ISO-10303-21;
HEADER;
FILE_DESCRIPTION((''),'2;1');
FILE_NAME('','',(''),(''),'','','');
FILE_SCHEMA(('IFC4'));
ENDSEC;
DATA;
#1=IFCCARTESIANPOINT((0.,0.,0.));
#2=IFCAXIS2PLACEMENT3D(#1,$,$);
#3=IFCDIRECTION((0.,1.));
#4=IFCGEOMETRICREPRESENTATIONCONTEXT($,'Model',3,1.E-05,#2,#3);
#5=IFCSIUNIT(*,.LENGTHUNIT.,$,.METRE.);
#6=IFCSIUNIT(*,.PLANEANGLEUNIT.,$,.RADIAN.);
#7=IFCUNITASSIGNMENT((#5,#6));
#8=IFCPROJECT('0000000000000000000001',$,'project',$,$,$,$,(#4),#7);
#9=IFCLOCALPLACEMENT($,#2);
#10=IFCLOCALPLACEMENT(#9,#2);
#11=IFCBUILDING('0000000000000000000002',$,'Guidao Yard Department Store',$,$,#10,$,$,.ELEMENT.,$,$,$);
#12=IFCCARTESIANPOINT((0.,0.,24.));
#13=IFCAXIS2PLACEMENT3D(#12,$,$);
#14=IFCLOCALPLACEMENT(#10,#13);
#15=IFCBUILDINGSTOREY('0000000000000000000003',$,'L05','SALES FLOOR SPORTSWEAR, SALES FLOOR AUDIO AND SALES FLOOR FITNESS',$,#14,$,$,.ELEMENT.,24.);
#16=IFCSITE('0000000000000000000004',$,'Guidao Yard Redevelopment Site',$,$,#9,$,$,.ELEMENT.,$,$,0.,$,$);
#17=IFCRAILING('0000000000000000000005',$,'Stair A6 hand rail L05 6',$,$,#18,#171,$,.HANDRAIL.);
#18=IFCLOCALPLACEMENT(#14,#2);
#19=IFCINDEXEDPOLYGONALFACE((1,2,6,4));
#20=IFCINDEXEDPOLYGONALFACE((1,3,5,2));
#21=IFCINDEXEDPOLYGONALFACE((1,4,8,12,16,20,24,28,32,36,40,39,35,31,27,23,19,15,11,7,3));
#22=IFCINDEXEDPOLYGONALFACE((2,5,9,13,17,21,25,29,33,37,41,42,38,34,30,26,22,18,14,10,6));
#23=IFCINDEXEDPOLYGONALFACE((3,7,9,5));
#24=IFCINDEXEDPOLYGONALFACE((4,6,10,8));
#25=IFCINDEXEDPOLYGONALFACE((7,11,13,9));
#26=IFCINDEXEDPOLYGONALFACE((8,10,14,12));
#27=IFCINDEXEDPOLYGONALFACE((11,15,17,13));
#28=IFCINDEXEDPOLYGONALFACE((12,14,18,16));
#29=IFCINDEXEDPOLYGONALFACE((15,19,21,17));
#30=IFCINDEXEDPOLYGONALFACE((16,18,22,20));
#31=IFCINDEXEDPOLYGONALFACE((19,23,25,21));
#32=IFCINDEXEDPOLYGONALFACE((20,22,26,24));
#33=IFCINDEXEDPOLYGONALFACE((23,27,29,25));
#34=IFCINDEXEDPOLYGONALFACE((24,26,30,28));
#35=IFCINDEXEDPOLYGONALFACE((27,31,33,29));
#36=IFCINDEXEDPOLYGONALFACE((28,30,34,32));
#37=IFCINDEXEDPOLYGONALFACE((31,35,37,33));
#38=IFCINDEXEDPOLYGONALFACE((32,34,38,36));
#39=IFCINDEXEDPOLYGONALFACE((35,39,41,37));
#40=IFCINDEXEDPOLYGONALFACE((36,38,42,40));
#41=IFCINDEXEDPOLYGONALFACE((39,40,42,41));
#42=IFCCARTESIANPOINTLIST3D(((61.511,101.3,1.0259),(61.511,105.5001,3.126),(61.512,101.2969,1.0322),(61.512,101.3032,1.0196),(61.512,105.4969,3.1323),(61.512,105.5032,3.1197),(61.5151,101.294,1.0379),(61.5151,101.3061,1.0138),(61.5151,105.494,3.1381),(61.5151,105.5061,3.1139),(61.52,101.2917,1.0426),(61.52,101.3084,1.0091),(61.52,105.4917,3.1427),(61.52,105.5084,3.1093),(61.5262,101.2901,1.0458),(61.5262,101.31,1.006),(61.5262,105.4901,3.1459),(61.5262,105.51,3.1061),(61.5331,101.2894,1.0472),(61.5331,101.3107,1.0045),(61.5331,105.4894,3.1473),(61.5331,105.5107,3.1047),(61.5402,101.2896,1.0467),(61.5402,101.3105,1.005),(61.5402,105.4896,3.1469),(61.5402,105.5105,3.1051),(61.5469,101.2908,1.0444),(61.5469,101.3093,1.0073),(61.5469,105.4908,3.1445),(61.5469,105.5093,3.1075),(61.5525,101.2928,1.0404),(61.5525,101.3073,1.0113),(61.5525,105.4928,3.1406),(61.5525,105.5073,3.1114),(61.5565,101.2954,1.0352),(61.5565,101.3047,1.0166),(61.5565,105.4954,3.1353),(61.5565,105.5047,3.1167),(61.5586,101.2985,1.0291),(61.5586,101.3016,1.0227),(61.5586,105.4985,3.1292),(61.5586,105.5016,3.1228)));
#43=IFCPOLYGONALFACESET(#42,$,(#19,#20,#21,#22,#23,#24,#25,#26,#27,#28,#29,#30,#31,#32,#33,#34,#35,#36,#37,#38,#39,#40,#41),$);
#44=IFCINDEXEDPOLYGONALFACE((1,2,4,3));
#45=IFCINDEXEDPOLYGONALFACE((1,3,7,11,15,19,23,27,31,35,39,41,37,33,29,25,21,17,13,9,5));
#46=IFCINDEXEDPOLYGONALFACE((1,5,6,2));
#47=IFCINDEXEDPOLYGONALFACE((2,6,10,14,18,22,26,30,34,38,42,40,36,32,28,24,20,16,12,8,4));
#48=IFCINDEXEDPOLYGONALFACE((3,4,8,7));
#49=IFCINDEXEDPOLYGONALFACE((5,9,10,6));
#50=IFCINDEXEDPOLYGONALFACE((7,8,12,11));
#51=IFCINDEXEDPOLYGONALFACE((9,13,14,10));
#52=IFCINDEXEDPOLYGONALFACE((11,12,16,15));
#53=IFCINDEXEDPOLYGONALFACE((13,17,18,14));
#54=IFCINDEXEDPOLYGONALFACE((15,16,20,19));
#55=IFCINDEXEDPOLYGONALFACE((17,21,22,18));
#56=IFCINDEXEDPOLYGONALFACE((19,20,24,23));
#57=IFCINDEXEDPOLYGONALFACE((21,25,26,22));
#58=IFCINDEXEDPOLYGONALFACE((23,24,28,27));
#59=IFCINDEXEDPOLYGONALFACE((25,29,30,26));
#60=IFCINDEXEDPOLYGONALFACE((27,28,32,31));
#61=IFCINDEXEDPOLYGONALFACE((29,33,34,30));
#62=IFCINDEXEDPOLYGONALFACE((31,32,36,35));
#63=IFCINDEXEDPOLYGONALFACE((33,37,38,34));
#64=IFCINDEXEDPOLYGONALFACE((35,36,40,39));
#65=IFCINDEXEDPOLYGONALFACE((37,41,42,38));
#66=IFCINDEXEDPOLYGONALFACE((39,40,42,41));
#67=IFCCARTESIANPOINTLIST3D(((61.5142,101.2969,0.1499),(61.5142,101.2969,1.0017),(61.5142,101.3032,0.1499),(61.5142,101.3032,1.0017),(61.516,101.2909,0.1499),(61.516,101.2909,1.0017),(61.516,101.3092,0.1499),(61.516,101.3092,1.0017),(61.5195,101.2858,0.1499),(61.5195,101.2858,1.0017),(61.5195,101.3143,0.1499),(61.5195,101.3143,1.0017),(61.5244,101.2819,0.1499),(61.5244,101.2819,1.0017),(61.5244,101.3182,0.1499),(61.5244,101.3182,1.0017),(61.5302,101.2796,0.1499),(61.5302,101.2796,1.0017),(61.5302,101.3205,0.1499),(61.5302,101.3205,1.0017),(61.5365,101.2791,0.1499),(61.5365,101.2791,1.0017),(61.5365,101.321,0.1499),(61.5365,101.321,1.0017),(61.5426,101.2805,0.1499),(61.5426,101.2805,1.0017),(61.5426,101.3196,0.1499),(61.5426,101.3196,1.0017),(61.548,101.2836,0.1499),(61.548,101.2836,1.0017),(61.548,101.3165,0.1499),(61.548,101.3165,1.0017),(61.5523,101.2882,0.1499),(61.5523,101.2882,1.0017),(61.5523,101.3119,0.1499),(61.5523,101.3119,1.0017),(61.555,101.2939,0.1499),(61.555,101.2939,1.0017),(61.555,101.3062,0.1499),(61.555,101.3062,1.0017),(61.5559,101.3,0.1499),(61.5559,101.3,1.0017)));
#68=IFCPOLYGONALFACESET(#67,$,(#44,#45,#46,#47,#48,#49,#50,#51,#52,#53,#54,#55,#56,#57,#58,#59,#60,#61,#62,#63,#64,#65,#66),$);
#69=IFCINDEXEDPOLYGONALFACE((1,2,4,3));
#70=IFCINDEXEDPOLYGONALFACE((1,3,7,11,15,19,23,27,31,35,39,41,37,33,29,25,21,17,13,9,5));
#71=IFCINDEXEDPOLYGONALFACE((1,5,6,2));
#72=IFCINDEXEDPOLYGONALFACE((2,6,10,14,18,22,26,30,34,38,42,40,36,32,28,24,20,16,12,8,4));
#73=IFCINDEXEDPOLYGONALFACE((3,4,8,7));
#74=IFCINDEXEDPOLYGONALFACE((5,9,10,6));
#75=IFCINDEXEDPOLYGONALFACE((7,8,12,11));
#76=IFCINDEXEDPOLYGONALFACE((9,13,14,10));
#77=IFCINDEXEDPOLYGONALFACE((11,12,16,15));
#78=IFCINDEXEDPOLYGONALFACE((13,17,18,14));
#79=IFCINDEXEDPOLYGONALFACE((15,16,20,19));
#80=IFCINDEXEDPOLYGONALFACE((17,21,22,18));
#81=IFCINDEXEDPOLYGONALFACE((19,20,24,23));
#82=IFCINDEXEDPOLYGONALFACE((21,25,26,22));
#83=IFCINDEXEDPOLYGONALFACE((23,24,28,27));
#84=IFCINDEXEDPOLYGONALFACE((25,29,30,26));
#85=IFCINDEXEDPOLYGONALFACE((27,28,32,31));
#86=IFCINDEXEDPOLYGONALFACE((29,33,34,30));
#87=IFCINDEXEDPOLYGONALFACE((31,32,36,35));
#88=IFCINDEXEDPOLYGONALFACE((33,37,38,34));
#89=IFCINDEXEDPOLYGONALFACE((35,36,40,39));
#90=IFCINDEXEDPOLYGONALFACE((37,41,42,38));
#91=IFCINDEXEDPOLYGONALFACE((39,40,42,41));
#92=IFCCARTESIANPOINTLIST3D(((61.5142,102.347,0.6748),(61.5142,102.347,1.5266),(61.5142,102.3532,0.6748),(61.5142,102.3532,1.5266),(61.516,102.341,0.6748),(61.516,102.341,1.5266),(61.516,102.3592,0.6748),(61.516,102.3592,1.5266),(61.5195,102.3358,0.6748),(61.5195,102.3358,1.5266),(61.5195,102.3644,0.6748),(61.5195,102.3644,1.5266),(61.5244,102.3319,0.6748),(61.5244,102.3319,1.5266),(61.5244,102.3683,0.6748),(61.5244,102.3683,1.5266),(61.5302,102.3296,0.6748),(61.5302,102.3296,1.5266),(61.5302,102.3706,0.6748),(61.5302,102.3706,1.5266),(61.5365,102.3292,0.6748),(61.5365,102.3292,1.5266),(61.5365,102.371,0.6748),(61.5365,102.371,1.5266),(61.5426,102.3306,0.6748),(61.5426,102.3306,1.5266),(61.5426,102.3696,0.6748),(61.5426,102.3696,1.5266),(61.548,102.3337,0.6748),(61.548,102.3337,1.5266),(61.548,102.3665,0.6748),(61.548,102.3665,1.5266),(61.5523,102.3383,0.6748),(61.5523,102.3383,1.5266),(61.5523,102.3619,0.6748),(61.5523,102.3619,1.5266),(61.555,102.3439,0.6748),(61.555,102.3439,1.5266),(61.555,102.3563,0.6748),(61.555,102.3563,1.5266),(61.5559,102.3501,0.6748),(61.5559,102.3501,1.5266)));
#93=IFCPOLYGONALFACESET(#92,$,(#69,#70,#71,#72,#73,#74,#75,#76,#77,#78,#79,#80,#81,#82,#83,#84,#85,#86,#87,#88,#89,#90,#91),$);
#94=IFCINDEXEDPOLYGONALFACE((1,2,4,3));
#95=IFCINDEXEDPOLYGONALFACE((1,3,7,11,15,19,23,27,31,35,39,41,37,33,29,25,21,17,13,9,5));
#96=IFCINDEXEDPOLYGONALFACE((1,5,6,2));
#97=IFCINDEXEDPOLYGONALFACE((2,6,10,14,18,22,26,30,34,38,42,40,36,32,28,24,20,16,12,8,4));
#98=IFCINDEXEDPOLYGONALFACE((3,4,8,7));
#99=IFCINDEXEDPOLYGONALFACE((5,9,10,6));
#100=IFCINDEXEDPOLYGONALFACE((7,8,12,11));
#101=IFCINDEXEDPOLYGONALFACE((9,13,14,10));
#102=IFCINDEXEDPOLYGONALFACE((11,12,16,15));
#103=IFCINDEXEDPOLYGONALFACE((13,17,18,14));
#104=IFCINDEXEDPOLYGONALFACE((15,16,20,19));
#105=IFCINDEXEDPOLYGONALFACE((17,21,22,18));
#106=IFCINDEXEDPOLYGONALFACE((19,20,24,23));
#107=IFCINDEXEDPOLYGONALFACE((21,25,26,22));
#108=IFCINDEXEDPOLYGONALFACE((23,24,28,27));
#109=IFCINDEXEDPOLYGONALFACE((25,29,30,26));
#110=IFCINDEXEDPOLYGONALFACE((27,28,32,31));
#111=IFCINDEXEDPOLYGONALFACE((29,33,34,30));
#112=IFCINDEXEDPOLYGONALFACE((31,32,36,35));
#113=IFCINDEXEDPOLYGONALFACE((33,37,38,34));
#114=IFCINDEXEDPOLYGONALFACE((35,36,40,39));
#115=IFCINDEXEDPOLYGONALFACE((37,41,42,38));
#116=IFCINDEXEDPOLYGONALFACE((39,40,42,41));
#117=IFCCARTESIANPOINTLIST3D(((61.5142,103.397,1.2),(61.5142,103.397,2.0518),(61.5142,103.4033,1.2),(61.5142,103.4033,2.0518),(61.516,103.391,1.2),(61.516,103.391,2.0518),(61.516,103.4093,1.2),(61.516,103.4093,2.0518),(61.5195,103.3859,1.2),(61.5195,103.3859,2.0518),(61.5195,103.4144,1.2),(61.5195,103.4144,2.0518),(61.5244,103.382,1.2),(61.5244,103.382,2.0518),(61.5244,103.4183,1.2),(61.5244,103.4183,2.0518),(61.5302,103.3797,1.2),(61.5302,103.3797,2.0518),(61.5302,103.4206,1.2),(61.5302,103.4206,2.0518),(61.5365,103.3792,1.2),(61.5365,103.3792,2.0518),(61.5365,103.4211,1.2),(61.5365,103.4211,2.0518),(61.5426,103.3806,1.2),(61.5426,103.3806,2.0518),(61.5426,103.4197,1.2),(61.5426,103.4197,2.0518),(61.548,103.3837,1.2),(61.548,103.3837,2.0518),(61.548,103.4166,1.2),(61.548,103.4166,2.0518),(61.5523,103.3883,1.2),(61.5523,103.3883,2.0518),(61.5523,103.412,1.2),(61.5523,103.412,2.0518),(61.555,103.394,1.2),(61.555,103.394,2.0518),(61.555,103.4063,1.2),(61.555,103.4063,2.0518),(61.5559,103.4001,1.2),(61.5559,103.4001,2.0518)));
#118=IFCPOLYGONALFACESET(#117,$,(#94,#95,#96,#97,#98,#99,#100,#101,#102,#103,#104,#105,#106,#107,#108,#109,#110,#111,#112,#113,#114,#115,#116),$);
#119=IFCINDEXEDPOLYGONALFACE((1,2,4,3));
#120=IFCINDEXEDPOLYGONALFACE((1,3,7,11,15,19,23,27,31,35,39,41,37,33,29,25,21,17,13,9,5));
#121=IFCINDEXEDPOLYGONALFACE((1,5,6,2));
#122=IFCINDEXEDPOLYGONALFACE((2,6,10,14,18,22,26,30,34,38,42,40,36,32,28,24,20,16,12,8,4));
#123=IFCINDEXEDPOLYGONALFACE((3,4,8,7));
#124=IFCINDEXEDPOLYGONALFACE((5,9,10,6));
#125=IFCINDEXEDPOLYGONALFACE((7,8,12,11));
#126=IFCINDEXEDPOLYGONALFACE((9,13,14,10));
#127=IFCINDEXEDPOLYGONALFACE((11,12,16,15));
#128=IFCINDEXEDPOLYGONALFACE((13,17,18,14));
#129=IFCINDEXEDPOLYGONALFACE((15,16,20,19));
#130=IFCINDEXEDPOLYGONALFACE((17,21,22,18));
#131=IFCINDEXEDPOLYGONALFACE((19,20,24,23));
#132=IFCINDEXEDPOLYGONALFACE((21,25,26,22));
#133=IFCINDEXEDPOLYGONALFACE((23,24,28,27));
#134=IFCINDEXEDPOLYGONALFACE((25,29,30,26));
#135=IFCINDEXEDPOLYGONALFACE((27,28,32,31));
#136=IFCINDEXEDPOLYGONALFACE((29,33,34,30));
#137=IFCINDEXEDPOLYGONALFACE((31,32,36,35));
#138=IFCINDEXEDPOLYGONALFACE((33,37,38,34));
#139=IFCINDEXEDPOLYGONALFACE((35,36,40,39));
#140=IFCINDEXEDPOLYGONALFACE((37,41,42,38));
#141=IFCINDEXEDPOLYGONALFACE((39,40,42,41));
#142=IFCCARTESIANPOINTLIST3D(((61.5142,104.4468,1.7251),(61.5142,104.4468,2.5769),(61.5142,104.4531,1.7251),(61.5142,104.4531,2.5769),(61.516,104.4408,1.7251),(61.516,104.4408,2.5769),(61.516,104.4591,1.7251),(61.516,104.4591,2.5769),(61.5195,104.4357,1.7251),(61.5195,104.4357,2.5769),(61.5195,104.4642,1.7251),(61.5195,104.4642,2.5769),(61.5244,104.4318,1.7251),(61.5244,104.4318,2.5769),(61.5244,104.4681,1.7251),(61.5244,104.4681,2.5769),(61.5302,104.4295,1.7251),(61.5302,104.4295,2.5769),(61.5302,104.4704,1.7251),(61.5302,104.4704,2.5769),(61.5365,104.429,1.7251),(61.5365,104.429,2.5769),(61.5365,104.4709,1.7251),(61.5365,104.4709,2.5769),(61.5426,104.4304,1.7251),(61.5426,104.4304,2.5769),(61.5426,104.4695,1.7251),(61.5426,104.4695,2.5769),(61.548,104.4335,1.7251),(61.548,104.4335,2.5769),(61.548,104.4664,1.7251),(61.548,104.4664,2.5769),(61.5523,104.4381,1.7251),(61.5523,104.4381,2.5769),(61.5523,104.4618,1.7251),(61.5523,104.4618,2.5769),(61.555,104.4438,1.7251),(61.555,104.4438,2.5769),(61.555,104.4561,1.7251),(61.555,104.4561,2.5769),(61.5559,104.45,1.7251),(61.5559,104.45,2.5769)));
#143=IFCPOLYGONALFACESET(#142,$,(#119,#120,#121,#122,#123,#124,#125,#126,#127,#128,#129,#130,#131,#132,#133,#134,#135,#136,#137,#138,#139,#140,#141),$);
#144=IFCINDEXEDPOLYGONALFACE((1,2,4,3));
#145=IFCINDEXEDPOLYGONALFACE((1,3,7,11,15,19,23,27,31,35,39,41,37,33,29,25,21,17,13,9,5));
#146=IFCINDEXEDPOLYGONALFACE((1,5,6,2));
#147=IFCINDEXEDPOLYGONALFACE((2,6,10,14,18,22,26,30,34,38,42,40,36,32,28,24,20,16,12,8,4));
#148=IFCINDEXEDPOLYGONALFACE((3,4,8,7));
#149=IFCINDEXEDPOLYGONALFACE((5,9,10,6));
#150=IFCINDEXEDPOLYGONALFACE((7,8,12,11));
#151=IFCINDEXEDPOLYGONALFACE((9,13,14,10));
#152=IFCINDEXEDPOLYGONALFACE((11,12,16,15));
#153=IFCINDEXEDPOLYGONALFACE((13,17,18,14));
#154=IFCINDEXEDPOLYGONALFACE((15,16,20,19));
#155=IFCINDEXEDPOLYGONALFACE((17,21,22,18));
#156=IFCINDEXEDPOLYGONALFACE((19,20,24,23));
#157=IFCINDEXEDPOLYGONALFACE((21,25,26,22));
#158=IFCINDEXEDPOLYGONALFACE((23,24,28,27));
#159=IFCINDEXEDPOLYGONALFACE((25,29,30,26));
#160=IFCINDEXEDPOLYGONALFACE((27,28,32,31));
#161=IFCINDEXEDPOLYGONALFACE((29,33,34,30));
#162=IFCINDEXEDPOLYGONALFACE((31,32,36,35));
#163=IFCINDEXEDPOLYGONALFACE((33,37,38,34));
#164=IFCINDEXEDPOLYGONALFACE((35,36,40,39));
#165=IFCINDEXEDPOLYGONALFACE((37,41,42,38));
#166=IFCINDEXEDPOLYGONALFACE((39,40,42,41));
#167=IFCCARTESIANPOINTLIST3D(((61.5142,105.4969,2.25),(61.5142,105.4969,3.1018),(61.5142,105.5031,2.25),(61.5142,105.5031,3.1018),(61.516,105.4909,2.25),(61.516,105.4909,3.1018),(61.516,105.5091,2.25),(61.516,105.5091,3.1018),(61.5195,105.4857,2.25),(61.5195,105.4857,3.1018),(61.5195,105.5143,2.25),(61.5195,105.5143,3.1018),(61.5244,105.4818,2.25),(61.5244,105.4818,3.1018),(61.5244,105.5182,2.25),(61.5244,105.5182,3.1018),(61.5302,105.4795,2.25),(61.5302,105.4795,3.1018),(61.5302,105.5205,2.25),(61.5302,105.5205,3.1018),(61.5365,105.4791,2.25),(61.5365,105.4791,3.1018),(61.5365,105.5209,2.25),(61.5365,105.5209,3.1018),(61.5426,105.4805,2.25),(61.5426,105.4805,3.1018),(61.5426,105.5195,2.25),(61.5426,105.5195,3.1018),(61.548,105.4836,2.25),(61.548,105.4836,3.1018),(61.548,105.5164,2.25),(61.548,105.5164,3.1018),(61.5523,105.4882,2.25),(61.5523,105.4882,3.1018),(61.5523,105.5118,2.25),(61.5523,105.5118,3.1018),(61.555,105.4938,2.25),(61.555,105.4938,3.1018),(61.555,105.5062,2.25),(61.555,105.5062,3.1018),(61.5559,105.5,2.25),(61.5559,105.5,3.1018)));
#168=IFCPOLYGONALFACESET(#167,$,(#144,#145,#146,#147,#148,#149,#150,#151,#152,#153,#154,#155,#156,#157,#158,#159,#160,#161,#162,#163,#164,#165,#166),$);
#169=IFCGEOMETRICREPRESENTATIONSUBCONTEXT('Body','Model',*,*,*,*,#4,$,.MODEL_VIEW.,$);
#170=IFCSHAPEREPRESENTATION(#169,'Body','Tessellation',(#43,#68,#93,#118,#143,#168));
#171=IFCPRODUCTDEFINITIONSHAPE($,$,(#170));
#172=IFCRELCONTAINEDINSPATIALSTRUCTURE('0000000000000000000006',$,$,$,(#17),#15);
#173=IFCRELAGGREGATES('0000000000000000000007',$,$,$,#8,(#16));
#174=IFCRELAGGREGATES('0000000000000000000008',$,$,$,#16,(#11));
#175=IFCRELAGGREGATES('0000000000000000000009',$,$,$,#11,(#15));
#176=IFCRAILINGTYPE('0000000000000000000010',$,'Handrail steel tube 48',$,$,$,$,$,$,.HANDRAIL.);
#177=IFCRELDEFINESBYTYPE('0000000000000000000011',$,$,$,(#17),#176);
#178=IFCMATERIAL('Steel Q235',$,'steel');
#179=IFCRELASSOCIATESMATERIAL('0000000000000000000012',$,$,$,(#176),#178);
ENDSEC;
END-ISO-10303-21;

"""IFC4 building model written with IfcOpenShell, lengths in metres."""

from ifc_helpers import new_model, si_unit, direction, frame, origin, origin_2d, place, context, subcontext, project, spatial, circle, extrude, material, type_object, element, save


model = new_model("IFC4")

# Units and contexts
model_context = context("Model", 3, precision=1e-05, world=origin(), true_north=direction((0.0, 1.0)))
body_context = subcontext(model_context, "Body", "Model", "MODEL_VIEW")
ifc_project = project(units=[si_unit("LENGTHUNIT", "METRE"), si_unit("PLANEANGLEUNIT", "RADIAN")], contexts=[model_context])

# Site, building, storey
site_placement = place(None, origin())
site = spatial("IfcSite", under=ifc_project, at=site_placement, Name="Guidao Yard Redevelopment Site", CompositionType="ELEMENT", RefElevation=0.0)
building_placement = place(site_placement, origin())
building = spatial("IfcBuilding", under=site, at=building_placement, Name="Guidao Yard Department Store", CompositionType="ELEMENT")
storey_placement = place(building_placement, frame((0.0, 0.0, 24.0)))
storey = spatial("IfcBuildingStorey", under=building, at=storey_placement, Name="L05", Description="SALES FLOOR SPORTSWEAR, SALES FLOOR AUDIO AND SALES FLOOR FITNESS", CompositionType="ELEMENT", Elevation=24.0)

# Railing
ifc_material_1 = material(Name="Steel Q235", Category="steel")
railing_type_1 = type_object("IfcRailingType", Name="Handrail steel tube 48", PredefinedType="HANDRAIL", material=ifc_material_1)
for number, where, name in (
    (1, (61.5349, 101.3, 0.1499), "Stair A6 hand rail L05 6"),
):
    element("IfcRailing", number, at=place(storey_placement, frame(where)), inside=storey, type_object=railing_type_1, Name=name, PredefinedType="HANDRAIL", context=body_context, shape_type="SweptSolid", body=[
        extrude(circle(Radius=0.0239, at=origin_2d()), frame((0.0, 0.0, 0.876), z_axis=(0.0, 0.894417, 0.447234), x_axis=(-1.0, 0.0, 0.0)), (0.0, 0.0, 1.0), 4.6958),
        extrude(circle(Radius=0.021, at=origin_2d()), origin(), (0.0, 0.0, 1.0), 0.8518),
        extrude(circle(Radius=0.021, at=origin_2d()), frame((0.0, 1.05, 0.5249)), (0.0, 0.0, 1.0), 0.8518),
        extrude(circle(Radius=0.021, at=origin_2d()), frame((0.0, 2.1001, 1.05)), (0.0, 0.0, 1.0), 0.8518),
        extrude(circle(Radius=0.021, at=origin_2d()), frame((0.0, 3.1499, 1.5752)), (0.0, 0.0, 1.0), 0.8518),
        extrude(circle(Radius=0.021, at=origin_2d()), frame((0.0, 4.2, 2.1001)), (0.0, 0.0, 1.0), 0.8518),
    ])

save(model, "model.ifc")
